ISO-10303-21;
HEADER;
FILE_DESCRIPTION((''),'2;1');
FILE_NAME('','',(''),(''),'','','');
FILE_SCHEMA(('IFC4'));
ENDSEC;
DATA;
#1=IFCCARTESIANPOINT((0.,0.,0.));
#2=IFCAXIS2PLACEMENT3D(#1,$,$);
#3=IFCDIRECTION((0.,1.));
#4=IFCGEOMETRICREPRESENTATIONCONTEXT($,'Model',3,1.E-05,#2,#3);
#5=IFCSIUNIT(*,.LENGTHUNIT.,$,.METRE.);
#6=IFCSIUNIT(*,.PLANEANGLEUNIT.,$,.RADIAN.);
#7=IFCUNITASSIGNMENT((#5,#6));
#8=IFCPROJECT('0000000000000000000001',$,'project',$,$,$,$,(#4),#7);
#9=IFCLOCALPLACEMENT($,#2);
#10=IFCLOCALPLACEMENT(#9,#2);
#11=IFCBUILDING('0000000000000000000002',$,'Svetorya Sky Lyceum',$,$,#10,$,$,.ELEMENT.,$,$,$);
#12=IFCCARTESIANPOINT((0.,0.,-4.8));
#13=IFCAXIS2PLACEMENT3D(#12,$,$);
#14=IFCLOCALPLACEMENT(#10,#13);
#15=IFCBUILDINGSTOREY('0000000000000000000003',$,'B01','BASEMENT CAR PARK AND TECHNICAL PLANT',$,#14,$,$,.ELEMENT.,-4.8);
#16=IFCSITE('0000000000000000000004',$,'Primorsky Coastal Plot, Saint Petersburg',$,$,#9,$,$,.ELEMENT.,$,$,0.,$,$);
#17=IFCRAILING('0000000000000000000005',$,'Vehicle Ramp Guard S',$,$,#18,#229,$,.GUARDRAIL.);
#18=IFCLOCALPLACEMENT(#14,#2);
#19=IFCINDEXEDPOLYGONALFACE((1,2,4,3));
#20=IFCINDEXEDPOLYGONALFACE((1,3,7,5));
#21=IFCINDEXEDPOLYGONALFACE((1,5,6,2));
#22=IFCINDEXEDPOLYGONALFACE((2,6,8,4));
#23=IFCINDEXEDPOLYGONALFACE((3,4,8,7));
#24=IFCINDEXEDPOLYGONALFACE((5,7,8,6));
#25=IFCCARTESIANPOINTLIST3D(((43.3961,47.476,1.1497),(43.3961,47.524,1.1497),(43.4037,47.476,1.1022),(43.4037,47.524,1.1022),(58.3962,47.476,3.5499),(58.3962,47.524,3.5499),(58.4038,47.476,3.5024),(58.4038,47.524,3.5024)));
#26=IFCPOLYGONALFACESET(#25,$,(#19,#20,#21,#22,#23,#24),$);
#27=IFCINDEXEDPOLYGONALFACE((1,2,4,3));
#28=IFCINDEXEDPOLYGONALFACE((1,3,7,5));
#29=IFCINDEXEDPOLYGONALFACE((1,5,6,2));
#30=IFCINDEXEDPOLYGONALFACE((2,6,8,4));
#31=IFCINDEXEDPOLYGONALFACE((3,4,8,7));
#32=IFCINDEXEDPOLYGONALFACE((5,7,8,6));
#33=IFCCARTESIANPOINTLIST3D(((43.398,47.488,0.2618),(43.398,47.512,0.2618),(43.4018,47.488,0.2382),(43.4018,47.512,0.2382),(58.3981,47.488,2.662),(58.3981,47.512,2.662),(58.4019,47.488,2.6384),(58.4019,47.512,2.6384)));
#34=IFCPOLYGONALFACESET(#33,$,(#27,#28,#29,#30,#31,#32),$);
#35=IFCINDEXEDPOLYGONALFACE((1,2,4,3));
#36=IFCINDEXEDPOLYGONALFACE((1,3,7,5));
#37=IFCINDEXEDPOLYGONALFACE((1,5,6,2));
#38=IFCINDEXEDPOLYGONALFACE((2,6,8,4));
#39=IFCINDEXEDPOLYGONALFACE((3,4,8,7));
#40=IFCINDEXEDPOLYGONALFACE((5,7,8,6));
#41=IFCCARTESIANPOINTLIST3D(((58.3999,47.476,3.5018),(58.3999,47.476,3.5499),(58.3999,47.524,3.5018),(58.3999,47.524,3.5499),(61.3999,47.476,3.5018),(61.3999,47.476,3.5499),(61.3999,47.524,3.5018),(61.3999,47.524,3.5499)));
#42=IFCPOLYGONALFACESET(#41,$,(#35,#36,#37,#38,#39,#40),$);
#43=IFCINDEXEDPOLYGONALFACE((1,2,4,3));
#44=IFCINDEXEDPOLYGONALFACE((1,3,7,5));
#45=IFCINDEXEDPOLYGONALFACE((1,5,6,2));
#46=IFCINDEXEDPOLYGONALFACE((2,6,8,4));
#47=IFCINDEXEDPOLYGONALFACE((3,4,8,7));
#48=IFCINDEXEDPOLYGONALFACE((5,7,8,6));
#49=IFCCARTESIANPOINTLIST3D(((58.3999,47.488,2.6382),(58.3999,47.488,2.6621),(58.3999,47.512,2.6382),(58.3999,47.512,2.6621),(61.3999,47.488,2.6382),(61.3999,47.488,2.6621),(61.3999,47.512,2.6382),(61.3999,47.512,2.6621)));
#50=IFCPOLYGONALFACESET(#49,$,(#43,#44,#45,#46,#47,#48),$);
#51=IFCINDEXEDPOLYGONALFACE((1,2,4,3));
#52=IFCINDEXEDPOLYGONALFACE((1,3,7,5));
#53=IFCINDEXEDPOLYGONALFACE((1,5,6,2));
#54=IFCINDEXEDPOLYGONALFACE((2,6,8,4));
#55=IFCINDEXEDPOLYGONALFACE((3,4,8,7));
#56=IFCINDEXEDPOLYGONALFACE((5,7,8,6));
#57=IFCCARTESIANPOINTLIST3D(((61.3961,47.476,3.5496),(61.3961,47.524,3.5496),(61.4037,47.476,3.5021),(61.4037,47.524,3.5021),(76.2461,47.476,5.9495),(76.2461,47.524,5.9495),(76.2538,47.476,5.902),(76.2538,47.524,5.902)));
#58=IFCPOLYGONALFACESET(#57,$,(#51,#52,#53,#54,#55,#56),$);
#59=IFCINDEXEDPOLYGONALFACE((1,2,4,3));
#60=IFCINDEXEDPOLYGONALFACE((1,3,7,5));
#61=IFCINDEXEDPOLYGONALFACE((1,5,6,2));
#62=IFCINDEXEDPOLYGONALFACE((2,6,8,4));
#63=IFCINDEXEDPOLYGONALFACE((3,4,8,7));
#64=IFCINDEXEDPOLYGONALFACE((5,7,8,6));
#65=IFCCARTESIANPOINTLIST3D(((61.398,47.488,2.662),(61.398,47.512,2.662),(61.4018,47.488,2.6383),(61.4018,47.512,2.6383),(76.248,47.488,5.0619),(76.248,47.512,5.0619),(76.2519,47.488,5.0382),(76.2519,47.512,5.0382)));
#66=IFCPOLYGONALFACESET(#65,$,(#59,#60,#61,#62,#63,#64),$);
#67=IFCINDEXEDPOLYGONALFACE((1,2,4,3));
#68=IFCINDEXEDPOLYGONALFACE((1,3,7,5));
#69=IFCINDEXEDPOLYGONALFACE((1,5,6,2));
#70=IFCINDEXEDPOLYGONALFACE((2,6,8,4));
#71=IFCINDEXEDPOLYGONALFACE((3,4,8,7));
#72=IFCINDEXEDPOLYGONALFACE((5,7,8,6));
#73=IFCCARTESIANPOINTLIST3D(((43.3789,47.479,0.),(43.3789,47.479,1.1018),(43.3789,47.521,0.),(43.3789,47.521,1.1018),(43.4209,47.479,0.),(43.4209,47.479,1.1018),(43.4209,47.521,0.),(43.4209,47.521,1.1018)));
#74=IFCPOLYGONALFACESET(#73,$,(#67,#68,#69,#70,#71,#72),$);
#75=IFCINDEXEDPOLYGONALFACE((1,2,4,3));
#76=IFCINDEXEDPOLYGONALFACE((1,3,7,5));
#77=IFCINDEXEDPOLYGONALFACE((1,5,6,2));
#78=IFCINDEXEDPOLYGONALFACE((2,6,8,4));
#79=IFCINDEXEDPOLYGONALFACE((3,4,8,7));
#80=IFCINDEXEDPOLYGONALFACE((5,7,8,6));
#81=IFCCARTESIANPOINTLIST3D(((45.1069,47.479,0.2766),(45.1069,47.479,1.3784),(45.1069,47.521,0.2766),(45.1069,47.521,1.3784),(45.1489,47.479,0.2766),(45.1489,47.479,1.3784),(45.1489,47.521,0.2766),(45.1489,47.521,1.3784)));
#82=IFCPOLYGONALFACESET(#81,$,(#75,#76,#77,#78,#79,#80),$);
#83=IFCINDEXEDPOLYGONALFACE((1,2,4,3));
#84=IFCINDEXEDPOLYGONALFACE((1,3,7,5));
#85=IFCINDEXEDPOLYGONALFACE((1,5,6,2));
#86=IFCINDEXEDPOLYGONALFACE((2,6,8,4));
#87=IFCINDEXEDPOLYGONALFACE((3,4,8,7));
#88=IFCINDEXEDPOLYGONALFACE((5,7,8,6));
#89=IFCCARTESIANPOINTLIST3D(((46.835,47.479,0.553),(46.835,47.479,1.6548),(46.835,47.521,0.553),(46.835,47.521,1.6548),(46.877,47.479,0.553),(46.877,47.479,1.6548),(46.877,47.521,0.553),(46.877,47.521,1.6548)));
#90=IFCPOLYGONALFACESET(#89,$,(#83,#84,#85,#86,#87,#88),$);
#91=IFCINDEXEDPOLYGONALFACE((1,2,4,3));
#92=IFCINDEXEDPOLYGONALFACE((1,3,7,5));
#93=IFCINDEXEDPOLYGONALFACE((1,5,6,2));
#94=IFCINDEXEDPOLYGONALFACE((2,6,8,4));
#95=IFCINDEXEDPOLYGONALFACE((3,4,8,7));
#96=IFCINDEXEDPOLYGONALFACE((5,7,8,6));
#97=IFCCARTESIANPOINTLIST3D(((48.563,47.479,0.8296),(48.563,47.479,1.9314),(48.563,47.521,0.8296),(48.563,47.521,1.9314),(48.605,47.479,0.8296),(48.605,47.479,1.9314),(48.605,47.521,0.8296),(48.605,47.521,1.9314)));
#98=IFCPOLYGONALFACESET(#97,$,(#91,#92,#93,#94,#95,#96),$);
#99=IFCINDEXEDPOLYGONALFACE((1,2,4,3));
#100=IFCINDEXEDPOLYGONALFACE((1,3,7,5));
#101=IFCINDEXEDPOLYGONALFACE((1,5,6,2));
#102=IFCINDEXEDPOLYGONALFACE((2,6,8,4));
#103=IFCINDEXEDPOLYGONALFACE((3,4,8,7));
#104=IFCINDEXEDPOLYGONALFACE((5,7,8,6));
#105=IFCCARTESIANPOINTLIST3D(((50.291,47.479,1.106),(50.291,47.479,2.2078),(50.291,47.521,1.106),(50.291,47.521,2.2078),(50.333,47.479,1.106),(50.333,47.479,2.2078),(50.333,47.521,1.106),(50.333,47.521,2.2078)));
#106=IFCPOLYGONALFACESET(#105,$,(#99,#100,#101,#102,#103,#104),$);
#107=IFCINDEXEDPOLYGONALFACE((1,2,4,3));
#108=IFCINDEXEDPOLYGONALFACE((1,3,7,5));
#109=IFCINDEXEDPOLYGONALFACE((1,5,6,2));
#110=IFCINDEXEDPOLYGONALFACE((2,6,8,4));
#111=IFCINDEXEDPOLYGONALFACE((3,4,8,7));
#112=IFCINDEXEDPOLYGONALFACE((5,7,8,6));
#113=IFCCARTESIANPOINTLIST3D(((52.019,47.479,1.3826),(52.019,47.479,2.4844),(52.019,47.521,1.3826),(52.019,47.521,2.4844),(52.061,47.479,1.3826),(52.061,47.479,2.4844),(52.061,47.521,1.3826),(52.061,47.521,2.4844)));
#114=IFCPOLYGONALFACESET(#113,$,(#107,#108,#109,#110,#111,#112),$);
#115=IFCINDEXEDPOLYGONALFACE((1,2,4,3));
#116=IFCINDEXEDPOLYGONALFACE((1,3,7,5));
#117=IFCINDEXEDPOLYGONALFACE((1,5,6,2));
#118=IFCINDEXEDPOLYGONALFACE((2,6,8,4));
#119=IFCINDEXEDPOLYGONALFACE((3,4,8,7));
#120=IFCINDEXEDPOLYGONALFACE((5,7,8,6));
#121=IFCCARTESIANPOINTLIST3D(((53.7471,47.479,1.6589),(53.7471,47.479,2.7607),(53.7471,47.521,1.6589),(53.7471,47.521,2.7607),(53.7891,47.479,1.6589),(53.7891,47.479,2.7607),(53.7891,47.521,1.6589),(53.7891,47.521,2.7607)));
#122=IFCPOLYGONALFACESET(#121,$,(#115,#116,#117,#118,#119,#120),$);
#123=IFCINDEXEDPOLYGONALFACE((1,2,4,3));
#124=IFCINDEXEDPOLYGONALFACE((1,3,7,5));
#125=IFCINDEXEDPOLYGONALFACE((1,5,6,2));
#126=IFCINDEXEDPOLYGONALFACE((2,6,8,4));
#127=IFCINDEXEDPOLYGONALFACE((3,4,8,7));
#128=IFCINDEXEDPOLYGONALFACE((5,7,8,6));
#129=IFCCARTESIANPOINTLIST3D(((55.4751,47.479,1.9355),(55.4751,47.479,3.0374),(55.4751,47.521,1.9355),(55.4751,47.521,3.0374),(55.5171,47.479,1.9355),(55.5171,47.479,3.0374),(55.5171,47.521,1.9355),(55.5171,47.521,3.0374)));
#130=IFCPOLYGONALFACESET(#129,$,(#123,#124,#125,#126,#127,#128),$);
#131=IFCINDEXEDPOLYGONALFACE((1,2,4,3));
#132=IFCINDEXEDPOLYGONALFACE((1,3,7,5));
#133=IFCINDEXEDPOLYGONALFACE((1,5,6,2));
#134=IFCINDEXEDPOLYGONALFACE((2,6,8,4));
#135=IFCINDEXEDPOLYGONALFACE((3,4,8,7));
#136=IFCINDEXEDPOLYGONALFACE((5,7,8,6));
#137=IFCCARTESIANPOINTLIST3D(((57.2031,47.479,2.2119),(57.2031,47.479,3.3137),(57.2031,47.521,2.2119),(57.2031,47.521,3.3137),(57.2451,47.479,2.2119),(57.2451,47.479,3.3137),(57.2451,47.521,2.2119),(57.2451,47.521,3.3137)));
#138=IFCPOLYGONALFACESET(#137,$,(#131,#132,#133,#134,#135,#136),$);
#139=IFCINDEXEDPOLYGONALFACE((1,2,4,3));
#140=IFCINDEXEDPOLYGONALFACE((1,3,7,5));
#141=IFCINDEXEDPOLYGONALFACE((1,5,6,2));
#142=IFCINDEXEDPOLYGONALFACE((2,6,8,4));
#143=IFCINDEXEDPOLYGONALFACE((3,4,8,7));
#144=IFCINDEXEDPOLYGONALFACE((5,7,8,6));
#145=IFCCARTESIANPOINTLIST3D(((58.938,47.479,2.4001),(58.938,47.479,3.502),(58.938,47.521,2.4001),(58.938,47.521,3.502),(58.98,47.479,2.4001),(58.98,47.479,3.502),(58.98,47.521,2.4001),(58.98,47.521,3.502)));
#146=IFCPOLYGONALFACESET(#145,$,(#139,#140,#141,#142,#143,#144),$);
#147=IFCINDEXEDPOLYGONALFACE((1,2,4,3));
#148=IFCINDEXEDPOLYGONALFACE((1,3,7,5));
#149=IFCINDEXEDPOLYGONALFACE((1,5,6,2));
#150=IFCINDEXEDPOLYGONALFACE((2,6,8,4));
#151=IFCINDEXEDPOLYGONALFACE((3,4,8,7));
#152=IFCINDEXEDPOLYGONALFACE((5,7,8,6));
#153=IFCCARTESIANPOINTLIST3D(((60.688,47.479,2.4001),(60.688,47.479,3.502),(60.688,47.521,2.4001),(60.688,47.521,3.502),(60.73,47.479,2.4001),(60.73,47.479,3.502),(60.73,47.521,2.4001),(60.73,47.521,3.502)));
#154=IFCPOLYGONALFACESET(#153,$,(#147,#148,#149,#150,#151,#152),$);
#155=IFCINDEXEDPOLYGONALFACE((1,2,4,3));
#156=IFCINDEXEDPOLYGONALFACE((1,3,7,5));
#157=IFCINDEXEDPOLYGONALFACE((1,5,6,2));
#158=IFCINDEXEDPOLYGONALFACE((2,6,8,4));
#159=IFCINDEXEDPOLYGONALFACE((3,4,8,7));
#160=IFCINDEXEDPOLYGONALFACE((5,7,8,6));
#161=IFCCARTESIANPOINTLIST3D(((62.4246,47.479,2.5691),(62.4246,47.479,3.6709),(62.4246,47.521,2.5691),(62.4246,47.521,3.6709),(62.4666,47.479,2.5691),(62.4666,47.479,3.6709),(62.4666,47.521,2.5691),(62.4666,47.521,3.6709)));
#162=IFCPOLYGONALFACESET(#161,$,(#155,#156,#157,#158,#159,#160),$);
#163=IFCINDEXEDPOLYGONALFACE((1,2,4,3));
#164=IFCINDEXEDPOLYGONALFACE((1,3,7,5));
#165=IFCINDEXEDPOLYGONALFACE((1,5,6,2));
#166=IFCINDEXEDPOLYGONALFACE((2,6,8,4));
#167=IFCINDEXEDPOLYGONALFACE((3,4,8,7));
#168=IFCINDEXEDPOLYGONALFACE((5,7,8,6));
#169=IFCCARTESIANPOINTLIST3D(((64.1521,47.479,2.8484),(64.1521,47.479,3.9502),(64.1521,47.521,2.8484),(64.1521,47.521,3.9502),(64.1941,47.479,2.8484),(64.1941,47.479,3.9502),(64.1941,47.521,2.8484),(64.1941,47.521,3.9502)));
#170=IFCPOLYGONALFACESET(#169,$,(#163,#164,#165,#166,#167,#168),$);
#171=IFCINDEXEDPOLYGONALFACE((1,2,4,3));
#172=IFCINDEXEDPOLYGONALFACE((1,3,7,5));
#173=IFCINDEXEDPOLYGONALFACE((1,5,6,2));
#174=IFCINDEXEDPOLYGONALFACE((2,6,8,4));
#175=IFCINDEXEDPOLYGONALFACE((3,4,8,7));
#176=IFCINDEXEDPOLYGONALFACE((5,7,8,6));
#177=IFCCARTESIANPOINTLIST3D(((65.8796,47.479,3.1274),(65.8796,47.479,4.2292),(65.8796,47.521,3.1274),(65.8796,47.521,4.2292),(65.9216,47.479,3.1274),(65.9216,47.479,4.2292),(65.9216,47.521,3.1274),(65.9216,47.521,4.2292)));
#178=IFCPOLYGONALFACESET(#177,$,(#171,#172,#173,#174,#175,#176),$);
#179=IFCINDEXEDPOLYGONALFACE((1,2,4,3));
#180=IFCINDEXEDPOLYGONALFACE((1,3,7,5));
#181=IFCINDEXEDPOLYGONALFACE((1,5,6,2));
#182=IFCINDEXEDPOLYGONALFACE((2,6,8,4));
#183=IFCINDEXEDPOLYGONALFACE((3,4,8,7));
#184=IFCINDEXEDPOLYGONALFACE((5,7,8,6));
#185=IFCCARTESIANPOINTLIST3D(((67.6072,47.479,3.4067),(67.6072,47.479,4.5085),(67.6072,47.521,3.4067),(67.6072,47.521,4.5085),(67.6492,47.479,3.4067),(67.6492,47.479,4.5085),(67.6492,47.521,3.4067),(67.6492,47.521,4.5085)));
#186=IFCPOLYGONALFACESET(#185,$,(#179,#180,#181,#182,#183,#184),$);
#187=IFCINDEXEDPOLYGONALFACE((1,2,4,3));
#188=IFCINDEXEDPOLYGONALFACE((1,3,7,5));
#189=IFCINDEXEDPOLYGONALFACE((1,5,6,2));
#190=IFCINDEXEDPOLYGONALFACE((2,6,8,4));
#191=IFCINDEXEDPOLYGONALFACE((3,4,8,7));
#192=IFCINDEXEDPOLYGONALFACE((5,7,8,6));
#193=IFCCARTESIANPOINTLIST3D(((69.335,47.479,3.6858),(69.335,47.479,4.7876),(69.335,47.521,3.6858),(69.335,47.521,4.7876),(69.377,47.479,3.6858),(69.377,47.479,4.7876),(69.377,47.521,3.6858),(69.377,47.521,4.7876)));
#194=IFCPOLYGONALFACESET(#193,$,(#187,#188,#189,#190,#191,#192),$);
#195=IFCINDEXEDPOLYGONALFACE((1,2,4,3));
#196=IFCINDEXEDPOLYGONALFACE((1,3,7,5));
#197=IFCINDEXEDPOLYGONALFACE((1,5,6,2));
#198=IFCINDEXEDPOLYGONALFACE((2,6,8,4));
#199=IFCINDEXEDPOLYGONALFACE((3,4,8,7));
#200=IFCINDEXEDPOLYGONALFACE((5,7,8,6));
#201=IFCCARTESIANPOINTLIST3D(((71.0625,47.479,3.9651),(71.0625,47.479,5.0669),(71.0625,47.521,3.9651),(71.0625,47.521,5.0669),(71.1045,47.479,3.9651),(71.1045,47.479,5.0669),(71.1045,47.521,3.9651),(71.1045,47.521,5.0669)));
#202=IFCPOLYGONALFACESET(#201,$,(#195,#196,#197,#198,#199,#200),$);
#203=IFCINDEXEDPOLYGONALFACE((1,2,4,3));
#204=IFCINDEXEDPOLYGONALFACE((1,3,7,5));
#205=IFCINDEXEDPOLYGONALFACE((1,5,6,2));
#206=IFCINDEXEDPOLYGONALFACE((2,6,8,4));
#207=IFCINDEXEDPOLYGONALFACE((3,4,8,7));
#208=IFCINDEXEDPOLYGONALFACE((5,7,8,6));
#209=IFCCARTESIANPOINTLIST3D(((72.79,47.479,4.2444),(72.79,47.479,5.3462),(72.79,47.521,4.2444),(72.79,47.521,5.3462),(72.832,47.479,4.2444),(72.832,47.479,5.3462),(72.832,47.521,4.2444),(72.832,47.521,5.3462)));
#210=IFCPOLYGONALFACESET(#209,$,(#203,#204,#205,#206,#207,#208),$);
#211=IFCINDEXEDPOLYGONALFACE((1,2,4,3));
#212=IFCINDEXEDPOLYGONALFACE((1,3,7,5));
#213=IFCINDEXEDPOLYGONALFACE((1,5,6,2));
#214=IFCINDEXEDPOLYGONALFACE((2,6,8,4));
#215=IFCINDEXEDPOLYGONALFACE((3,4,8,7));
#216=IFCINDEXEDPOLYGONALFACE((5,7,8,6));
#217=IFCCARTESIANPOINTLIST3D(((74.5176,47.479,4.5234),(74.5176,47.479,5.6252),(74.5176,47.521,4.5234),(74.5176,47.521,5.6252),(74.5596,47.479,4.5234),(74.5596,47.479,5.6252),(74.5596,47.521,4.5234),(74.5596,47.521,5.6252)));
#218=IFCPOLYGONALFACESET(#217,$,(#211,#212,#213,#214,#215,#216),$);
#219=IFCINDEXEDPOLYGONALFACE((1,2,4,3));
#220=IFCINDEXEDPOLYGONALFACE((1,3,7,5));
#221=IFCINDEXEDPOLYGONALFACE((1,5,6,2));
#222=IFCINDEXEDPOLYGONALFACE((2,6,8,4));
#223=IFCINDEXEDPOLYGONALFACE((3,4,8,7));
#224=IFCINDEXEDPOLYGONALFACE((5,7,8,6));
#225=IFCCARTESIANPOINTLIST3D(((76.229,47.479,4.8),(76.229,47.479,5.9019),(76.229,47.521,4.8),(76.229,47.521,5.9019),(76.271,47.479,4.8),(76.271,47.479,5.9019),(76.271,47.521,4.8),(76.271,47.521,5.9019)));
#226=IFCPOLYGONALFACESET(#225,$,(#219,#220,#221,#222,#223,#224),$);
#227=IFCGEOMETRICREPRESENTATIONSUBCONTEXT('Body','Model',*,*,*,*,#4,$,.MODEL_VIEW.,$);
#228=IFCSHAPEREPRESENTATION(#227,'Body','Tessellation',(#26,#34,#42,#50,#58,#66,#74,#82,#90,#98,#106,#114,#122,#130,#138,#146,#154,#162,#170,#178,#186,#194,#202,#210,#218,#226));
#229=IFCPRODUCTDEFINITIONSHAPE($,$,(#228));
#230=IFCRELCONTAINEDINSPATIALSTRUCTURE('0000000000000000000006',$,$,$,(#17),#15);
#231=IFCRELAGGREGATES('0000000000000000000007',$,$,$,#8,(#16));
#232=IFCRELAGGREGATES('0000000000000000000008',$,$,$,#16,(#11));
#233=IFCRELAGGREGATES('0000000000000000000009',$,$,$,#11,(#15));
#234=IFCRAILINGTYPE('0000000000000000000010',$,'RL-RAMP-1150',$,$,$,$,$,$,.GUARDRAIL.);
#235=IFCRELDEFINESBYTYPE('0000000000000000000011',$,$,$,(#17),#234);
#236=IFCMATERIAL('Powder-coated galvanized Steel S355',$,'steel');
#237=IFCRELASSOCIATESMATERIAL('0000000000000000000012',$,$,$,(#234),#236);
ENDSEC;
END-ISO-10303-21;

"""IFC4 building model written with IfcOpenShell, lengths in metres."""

from ifc_helpers import new_model, si_unit, direction, frame, origin, origin_2d, place, context, subcontext, project, spatial, rectangle, extrude, material, type_object, element, save


model = new_model("IFC4")

# Units and contexts
model_context = context("Model", 3, precision=1e-05, world=origin(), true_north=direction((0.0, 1.0)))
body_context = subcontext(model_context, "Body", "Model", "MODEL_VIEW")
ifc_project = project(units=[si_unit("LENGTHUNIT", "METRE"), si_unit("PLANEANGLEUNIT", "RADIAN")], contexts=[model_context])

# Site, building, storey
site_placement = place(None, origin())
site = spatial("IfcSite", under=ifc_project, at=site_placement, Name="Primorsky Coastal Plot, Saint Petersburg", CompositionType="ELEMENT", RefElevation=0.0)
building_placement = place(site_placement, origin())
building = spatial("IfcBuilding", under=site, at=building_placement, Name="Svetorya Sky Lyceum", CompositionType="ELEMENT")
storey_placement = place(building_placement, frame((0.0, 0.0, -4.8)))
storey = spatial("IfcBuildingStorey", under=building, at=storey_placement, Name="B01", Description="BASEMENT CAR PARK AND TECHNICAL PLANT", CompositionType="ELEMENT", Elevation=-4.8)

# Railing
ifc_material_1 = material(Name="Powder-coated galvanized Steel S355", Category="steel")
railing_type = type_object("IfcRailingType", Name="RL-RAMP-1150", PredefinedType="GUARDRAIL", material=ifc_material_1)
railing_1_placement = place(storey_placement, frame((43.3999, 47.5, 0.0)))
element("IfcRailing", 1, at=railing_1_placement, inside=storey, type_object=railing_type, Name="Vehicle Ramp Guard S", PredefinedType="GUARDRAIL", context=body_context, shape_type="SweptSolid", body=[
    extrude(rectangle(XDim=0.0481, YDim=0.0481, at=origin_2d()), frame((0.0, 0.0, 1.126), z_axis=(0.987439, 0.0, 0.158), x_axis=(0.0, 1.0, 0.0)), (0.0, 0.0, 1.0), 15.1909),
    extrude(rectangle(XDim=0.0239, YDim=0.0239, at=origin_2d()), frame((0.0, 0.0, 0.25), z_axis=(0.987439, 0.0, 0.158), x_axis=(0.0, 1.0, 0.0)), (0.0, 0.0, 1.0), 15.1909),
    extrude(rectangle(XDim=0.0481, YDim=0.0481, at=origin_2d()), frame((15.0, 0.0, 3.5259), z_axis=(1.0, 0.0, 0.0), x_axis=(0.0, 1.0, 0.0)), (0.0, 0.0, 1.0), 3.0),
    extrude(rectangle(XDim=0.0239, YDim=0.0239, at=origin_2d()), frame((15.0, 0.0, 2.6501), z_axis=(1.0, 0.0, 0.0), x_axis=(0.0, 1.0, 0.0)), (0.0, 0.0, 1.0), 3.0),
    extrude(rectangle(XDim=0.0481, YDim=0.0481, at=origin_2d()), frame((18.0, 0.0, 3.5259), z_axis=(0.987192, 0.0, 0.159539), x_axis=(0.0, 1.0, 0.0)), (0.0, 0.0, 1.0), 15.0427),
    extrude(rectangle(XDim=0.0239, YDim=0.0239, at=origin_2d()), frame((18.0, 0.0, 2.6501), z_axis=(0.987192, 0.0, 0.159539), x_axis=(0.0, 1.0, 0.0)), (0.0, 0.0, 1.0), 15.0427),
    extrude(rectangle(XDim=0.042, YDim=0.042, at=origin_2d()), origin(), (0.0, 0.0, 1.0), 1.1018),
    extrude(rectangle(XDim=0.042, YDim=0.042, at=origin_2d()), frame((1.728, 0.0, 0.2766)), (0.0, 0.0, 1.0), 1.1018),
    extrude(rectangle(XDim=0.042, YDim=0.042, at=origin_2d()), frame((3.4561, 0.0, 0.553)), (0.0, 0.0, 1.0), 1.1018),
    extrude(rectangle(XDim=0.042, YDim=0.042, at=origin_2d()), frame((5.1841, 0.0, 0.8296)), (0.0, 0.0, 1.0), 1.1018),
    extrude(rectangle(XDim=0.042, YDim=0.042, at=origin_2d()), frame((6.9121, 0.0, 1.106)), (0.0, 0.0, 1.0), 1.1018),
    extrude(rectangle(XDim=0.042, YDim=0.042, at=origin_2d()), frame((8.6401, 0.0, 1.3826)), (0.0, 0.0, 1.0), 1.1018),
    extrude(rectangle(XDim=0.042, YDim=0.042, at=origin_2d()), frame((10.3682, 0.0, 1.6589)), (0.0, 0.0, 1.0), 1.1018),
    extrude(rectangle(XDim=0.042, YDim=0.042, at=origin_2d()), frame((12.0962, 0.0, 1.9355)), (0.0, 0.0, 1.0), 1.1018),
    extrude(rectangle(XDim=0.042, YDim=0.042, at=origin_2d()), frame((13.8242, 0.0, 2.2119)), (0.0, 0.0, 1.0), 1.1018),
    extrude(rectangle(XDim=0.042, YDim=0.042, at=origin_2d()), frame((15.5591, 0.0, 2.4001)), (0.0, 0.0, 1.0), 1.1018),
    extrude(rectangle(XDim=0.042, YDim=0.042, at=origin_2d()), frame((17.3091, 0.0, 2.4001)), (0.0, 0.0, 1.0), 1.1018),
    extrude(rectangle(XDim=0.042, YDim=0.042, at=origin_2d()), frame((19.0457, 0.0, 2.5691)), (0.0, 0.0, 1.0), 1.1018),
    extrude(rectangle(XDim=0.042, YDim=0.042, at=origin_2d()), frame((20.7732, 0.0, 2.8484)), (0.0, 0.0, 1.0), 1.1018),
    extrude(rectangle(XDim=0.042, YDim=0.042, at=origin_2d()), frame((22.5007, 0.0, 3.1274)), (0.0, 0.0, 1.0), 1.1018),
    extrude(rectangle(XDim=0.042, YDim=0.042, at=origin_2d()), frame((24.2283, 0.0, 3.4067)), (0.0, 0.0, 1.0), 1.1018),
    extrude(rectangle(XDim=0.042, YDim=0.042, at=origin_2d()), frame((25.9561, 0.0, 3.6858)), (0.0, 0.0, 1.0), 1.1018),
    extrude(rectangle(XDim=0.042, YDim=0.042, at=origin_2d()), frame((27.6836, 0.0, 3.9651)), (0.0, 0.0, 1.0), 1.1018),
    extrude(rectangle(XDim=0.042, YDim=0.042, at=origin_2d()), frame((29.4111, 0.0, 4.2444)), (0.0, 0.0, 1.0), 1.1018),
    extrude(rectangle(XDim=0.042, YDim=0.042, at=origin_2d()), frame((31.1387, 0.0, 4.5234)), (0.0, 0.0, 1.0), 1.1018),
    extrude(rectangle(XDim=0.042, YDim=0.042, at=origin_2d()), frame((32.8501, 0.0, 4.8)), (0.0, 0.0, 1.0), 1.1018),
])

save(model, "model.ifc")
